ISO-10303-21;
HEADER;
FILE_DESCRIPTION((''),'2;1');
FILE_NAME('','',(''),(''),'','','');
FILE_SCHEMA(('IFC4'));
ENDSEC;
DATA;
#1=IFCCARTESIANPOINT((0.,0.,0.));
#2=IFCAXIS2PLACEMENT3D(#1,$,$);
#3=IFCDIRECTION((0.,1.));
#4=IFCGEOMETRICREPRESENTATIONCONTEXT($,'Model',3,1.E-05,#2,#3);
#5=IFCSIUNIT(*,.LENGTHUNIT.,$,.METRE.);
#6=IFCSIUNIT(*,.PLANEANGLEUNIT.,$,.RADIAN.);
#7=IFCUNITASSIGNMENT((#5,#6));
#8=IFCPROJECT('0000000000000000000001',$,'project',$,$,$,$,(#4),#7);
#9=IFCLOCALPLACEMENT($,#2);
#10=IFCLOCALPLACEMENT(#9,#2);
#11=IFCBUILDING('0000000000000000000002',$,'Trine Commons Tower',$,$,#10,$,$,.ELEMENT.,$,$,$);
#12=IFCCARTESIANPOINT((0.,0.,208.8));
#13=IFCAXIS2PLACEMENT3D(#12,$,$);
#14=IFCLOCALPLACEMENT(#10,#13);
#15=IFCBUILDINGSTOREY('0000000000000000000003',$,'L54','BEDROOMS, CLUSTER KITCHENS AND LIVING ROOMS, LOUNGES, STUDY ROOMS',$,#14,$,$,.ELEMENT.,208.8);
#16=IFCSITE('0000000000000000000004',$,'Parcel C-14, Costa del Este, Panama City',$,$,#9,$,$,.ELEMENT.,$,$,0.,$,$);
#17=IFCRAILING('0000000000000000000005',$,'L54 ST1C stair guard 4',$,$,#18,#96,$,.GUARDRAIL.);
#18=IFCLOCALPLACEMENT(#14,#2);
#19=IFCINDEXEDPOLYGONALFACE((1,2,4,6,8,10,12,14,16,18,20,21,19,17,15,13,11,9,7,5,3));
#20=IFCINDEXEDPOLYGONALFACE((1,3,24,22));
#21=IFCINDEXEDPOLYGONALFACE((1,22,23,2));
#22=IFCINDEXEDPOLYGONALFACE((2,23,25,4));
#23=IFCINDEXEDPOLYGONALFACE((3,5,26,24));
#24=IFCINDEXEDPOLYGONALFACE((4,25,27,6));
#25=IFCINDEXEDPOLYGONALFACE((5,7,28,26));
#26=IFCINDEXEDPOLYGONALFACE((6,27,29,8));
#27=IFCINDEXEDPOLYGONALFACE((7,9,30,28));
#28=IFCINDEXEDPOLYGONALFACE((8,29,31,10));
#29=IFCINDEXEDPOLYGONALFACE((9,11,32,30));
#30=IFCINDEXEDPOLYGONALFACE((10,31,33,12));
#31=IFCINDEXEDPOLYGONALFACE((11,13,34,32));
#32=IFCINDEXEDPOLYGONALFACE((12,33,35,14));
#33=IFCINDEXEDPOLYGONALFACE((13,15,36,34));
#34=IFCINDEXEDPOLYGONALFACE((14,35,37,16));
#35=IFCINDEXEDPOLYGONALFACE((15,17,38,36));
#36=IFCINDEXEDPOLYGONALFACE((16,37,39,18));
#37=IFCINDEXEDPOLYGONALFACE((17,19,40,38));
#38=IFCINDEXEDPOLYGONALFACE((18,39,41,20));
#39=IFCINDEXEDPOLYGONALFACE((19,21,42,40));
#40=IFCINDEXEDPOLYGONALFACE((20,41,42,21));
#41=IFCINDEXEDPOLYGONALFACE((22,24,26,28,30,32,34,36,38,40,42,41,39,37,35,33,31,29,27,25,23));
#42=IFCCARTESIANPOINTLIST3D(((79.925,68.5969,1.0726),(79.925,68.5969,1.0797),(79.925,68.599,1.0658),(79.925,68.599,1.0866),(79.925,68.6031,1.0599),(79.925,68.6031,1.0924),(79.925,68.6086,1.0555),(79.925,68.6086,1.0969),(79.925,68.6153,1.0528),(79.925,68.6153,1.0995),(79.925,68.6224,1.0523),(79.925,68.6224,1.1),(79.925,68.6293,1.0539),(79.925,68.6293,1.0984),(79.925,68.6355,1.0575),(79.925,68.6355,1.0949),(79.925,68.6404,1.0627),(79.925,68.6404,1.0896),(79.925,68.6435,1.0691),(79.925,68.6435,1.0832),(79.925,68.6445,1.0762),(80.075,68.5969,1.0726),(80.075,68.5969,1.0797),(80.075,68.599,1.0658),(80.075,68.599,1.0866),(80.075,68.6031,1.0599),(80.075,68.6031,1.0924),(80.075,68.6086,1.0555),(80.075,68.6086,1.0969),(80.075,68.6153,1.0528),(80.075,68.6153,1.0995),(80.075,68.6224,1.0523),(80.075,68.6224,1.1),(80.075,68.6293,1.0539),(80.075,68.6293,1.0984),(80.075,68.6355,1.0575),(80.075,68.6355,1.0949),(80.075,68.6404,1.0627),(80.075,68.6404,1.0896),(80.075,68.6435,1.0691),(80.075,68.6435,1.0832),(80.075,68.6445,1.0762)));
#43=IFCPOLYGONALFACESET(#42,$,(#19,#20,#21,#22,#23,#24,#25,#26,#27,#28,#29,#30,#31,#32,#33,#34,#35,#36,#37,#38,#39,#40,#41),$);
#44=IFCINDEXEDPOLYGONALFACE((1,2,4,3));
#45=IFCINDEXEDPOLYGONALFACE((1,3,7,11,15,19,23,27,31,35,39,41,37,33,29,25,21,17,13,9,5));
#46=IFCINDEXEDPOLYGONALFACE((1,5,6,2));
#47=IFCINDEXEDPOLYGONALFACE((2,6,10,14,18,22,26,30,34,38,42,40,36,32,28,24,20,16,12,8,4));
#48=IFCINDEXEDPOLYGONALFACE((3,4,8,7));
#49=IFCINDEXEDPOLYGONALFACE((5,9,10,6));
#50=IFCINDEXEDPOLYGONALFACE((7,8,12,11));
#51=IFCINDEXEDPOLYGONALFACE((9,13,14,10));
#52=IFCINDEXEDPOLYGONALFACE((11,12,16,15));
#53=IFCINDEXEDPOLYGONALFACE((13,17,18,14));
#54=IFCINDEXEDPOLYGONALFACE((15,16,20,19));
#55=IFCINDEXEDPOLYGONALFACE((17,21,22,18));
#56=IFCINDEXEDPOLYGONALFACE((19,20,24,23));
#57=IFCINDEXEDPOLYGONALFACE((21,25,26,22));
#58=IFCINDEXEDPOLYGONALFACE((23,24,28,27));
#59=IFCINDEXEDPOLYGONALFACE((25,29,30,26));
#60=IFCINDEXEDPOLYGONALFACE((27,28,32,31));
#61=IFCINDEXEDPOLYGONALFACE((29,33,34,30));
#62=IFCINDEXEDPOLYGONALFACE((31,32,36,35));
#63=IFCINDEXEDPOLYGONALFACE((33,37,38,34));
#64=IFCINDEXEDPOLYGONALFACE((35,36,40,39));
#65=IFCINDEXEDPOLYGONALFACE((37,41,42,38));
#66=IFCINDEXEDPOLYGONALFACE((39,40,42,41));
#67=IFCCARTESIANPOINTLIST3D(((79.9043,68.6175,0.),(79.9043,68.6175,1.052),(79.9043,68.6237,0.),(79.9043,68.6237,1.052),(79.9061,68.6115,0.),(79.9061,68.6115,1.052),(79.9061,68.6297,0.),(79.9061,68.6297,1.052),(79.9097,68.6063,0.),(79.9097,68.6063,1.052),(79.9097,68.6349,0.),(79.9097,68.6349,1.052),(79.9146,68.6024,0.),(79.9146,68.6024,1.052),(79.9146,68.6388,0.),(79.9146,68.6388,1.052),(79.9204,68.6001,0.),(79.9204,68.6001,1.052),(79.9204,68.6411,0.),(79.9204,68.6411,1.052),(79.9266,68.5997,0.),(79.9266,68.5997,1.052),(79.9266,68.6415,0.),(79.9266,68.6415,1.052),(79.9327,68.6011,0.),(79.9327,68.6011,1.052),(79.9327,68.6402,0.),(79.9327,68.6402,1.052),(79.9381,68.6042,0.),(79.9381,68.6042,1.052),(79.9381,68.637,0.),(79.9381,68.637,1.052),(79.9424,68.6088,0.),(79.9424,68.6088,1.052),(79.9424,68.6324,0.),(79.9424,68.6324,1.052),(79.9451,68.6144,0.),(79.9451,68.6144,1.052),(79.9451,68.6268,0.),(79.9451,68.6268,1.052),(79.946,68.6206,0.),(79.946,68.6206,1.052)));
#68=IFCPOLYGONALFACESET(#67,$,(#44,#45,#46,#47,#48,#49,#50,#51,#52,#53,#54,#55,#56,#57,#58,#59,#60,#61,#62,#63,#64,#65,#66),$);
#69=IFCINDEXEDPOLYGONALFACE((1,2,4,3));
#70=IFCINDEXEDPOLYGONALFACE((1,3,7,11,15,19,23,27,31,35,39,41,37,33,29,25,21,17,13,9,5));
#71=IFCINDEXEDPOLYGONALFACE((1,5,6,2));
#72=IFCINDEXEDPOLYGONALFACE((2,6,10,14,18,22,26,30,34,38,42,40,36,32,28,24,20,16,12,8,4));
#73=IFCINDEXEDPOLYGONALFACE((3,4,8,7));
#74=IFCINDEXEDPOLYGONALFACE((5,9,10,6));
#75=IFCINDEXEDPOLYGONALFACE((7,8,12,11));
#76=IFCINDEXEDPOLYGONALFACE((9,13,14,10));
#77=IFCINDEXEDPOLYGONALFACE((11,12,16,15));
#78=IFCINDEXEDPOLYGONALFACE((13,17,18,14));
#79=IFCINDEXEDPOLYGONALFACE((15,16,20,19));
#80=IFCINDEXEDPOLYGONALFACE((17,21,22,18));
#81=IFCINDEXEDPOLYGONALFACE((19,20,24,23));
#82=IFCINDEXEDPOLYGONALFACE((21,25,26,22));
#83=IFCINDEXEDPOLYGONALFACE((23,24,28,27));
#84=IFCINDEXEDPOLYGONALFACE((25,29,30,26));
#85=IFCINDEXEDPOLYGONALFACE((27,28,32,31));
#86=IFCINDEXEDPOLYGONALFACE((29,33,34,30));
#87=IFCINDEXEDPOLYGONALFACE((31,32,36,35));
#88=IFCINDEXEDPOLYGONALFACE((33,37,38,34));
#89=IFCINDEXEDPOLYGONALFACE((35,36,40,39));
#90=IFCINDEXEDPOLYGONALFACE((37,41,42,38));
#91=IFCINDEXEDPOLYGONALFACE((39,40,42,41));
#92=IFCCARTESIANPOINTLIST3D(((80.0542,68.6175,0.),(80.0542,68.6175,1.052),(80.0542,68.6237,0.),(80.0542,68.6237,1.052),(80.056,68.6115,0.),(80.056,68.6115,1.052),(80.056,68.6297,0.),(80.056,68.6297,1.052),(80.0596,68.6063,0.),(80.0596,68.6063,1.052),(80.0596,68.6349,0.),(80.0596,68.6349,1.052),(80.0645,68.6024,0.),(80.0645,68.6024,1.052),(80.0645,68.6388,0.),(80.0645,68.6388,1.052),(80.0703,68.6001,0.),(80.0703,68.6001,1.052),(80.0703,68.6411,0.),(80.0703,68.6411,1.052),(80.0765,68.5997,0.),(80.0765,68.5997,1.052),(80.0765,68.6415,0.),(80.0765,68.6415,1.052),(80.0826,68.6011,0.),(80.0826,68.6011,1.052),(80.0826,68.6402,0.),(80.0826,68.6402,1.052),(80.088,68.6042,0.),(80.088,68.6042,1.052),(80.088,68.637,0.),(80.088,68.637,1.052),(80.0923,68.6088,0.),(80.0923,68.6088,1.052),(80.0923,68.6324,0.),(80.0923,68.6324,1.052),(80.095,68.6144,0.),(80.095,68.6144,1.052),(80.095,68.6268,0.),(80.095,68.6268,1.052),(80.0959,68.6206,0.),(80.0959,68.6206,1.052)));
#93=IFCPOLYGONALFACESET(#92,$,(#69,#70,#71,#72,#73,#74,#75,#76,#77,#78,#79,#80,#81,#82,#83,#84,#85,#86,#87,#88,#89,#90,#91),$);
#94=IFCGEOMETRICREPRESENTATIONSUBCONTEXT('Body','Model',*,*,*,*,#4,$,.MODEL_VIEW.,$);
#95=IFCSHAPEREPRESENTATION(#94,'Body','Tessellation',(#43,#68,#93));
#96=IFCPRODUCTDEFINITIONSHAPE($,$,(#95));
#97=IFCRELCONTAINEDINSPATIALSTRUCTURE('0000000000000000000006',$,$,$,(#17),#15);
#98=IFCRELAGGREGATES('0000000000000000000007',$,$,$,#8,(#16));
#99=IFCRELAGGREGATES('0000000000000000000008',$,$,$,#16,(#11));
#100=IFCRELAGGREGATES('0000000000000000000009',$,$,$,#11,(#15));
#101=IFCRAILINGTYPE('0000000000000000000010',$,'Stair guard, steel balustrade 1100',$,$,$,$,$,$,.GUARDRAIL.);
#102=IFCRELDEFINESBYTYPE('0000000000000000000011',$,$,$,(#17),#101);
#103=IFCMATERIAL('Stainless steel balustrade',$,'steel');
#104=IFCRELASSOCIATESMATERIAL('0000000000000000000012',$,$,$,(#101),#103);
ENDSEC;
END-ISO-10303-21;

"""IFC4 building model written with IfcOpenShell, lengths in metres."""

from ifc_helpers import new_model, si_unit, direction, frame, origin, origin_2d, place, context, subcontext, project, spatial, circle, extrude, material, type_object, element, save


model = new_model("IFC4")

# Units and contexts
model_context = context("Model", 3, precision=1e-05, world=origin(), true_north=direction((0.0, 1.0)))
body_context = subcontext(model_context, "Body", "Model", "MODEL_VIEW")
ifc_project = project(units=[si_unit("LENGTHUNIT", "METRE"), si_unit("PLANEANGLEUNIT", "RADIAN")], contexts=[model_context])

# Site, building, storey
site_placement = place(None, origin())
site = spatial("IfcSite", under=ifc_project, at=site_placement, Name="Parcel C-14, Costa del Este, Panama City", CompositionType="ELEMENT", RefElevation=0.0)
building_placement = place(site_placement, origin())
building = spatial("IfcBuilding", under=site, at=building_placement, Name="Trine Commons Tower", CompositionType="ELEMENT")
storey_placement = place(building_placement, frame((0.0, 0.0, 208.8)))
storey = spatial("IfcBuildingStorey", under=building, at=storey_placement, Name="L54", Description="BEDROOMS, CLUSTER KITCHENS AND LIVING ROOMS, LOUNGES, STUDY ROOMS", CompositionType="ELEMENT", Elevation=208.8)

# Railing
ifc_material_1 = material(Name="Stainless steel balustrade", Category="steel")
railing_type_1 = type_object("IfcRailingType", Name="Stair guard, steel balustrade 1100", PredefinedType="GUARDRAIL", material=ifc_material_1)
railing_1_placement = place(storey_placement, frame((79.925, 68.6206, 0.0)))
element("IfcRailing", 1, at=railing_1_placement, inside=storey, type_object=railing_type_1, Name="L54 ST1C stair guard 4", PredefinedType="GUARDRAIL", context=body_context, shape_type="SweptSolid", body=[
    extrude(circle(Radius=0.0239, at=origin_2d()), frame((0.0, 0.0, 1.0762), z_axis=(1.0, 0.0, 0.0), x_axis=(0.0, 1.0, 0.0)), (0.0, 0.0, 1.0), 0.1499),
    extrude(circle(Radius=0.021, at=origin_2d()), origin(), (0.0, 0.0, 1.0), 1.052),
    extrude(circle(Radius=0.021, at=origin_2d()), frame((0.1499, 0.0, 0.0)), (0.0, 0.0, 1.0), 1.052),
])

save(model, "model.ifc")
